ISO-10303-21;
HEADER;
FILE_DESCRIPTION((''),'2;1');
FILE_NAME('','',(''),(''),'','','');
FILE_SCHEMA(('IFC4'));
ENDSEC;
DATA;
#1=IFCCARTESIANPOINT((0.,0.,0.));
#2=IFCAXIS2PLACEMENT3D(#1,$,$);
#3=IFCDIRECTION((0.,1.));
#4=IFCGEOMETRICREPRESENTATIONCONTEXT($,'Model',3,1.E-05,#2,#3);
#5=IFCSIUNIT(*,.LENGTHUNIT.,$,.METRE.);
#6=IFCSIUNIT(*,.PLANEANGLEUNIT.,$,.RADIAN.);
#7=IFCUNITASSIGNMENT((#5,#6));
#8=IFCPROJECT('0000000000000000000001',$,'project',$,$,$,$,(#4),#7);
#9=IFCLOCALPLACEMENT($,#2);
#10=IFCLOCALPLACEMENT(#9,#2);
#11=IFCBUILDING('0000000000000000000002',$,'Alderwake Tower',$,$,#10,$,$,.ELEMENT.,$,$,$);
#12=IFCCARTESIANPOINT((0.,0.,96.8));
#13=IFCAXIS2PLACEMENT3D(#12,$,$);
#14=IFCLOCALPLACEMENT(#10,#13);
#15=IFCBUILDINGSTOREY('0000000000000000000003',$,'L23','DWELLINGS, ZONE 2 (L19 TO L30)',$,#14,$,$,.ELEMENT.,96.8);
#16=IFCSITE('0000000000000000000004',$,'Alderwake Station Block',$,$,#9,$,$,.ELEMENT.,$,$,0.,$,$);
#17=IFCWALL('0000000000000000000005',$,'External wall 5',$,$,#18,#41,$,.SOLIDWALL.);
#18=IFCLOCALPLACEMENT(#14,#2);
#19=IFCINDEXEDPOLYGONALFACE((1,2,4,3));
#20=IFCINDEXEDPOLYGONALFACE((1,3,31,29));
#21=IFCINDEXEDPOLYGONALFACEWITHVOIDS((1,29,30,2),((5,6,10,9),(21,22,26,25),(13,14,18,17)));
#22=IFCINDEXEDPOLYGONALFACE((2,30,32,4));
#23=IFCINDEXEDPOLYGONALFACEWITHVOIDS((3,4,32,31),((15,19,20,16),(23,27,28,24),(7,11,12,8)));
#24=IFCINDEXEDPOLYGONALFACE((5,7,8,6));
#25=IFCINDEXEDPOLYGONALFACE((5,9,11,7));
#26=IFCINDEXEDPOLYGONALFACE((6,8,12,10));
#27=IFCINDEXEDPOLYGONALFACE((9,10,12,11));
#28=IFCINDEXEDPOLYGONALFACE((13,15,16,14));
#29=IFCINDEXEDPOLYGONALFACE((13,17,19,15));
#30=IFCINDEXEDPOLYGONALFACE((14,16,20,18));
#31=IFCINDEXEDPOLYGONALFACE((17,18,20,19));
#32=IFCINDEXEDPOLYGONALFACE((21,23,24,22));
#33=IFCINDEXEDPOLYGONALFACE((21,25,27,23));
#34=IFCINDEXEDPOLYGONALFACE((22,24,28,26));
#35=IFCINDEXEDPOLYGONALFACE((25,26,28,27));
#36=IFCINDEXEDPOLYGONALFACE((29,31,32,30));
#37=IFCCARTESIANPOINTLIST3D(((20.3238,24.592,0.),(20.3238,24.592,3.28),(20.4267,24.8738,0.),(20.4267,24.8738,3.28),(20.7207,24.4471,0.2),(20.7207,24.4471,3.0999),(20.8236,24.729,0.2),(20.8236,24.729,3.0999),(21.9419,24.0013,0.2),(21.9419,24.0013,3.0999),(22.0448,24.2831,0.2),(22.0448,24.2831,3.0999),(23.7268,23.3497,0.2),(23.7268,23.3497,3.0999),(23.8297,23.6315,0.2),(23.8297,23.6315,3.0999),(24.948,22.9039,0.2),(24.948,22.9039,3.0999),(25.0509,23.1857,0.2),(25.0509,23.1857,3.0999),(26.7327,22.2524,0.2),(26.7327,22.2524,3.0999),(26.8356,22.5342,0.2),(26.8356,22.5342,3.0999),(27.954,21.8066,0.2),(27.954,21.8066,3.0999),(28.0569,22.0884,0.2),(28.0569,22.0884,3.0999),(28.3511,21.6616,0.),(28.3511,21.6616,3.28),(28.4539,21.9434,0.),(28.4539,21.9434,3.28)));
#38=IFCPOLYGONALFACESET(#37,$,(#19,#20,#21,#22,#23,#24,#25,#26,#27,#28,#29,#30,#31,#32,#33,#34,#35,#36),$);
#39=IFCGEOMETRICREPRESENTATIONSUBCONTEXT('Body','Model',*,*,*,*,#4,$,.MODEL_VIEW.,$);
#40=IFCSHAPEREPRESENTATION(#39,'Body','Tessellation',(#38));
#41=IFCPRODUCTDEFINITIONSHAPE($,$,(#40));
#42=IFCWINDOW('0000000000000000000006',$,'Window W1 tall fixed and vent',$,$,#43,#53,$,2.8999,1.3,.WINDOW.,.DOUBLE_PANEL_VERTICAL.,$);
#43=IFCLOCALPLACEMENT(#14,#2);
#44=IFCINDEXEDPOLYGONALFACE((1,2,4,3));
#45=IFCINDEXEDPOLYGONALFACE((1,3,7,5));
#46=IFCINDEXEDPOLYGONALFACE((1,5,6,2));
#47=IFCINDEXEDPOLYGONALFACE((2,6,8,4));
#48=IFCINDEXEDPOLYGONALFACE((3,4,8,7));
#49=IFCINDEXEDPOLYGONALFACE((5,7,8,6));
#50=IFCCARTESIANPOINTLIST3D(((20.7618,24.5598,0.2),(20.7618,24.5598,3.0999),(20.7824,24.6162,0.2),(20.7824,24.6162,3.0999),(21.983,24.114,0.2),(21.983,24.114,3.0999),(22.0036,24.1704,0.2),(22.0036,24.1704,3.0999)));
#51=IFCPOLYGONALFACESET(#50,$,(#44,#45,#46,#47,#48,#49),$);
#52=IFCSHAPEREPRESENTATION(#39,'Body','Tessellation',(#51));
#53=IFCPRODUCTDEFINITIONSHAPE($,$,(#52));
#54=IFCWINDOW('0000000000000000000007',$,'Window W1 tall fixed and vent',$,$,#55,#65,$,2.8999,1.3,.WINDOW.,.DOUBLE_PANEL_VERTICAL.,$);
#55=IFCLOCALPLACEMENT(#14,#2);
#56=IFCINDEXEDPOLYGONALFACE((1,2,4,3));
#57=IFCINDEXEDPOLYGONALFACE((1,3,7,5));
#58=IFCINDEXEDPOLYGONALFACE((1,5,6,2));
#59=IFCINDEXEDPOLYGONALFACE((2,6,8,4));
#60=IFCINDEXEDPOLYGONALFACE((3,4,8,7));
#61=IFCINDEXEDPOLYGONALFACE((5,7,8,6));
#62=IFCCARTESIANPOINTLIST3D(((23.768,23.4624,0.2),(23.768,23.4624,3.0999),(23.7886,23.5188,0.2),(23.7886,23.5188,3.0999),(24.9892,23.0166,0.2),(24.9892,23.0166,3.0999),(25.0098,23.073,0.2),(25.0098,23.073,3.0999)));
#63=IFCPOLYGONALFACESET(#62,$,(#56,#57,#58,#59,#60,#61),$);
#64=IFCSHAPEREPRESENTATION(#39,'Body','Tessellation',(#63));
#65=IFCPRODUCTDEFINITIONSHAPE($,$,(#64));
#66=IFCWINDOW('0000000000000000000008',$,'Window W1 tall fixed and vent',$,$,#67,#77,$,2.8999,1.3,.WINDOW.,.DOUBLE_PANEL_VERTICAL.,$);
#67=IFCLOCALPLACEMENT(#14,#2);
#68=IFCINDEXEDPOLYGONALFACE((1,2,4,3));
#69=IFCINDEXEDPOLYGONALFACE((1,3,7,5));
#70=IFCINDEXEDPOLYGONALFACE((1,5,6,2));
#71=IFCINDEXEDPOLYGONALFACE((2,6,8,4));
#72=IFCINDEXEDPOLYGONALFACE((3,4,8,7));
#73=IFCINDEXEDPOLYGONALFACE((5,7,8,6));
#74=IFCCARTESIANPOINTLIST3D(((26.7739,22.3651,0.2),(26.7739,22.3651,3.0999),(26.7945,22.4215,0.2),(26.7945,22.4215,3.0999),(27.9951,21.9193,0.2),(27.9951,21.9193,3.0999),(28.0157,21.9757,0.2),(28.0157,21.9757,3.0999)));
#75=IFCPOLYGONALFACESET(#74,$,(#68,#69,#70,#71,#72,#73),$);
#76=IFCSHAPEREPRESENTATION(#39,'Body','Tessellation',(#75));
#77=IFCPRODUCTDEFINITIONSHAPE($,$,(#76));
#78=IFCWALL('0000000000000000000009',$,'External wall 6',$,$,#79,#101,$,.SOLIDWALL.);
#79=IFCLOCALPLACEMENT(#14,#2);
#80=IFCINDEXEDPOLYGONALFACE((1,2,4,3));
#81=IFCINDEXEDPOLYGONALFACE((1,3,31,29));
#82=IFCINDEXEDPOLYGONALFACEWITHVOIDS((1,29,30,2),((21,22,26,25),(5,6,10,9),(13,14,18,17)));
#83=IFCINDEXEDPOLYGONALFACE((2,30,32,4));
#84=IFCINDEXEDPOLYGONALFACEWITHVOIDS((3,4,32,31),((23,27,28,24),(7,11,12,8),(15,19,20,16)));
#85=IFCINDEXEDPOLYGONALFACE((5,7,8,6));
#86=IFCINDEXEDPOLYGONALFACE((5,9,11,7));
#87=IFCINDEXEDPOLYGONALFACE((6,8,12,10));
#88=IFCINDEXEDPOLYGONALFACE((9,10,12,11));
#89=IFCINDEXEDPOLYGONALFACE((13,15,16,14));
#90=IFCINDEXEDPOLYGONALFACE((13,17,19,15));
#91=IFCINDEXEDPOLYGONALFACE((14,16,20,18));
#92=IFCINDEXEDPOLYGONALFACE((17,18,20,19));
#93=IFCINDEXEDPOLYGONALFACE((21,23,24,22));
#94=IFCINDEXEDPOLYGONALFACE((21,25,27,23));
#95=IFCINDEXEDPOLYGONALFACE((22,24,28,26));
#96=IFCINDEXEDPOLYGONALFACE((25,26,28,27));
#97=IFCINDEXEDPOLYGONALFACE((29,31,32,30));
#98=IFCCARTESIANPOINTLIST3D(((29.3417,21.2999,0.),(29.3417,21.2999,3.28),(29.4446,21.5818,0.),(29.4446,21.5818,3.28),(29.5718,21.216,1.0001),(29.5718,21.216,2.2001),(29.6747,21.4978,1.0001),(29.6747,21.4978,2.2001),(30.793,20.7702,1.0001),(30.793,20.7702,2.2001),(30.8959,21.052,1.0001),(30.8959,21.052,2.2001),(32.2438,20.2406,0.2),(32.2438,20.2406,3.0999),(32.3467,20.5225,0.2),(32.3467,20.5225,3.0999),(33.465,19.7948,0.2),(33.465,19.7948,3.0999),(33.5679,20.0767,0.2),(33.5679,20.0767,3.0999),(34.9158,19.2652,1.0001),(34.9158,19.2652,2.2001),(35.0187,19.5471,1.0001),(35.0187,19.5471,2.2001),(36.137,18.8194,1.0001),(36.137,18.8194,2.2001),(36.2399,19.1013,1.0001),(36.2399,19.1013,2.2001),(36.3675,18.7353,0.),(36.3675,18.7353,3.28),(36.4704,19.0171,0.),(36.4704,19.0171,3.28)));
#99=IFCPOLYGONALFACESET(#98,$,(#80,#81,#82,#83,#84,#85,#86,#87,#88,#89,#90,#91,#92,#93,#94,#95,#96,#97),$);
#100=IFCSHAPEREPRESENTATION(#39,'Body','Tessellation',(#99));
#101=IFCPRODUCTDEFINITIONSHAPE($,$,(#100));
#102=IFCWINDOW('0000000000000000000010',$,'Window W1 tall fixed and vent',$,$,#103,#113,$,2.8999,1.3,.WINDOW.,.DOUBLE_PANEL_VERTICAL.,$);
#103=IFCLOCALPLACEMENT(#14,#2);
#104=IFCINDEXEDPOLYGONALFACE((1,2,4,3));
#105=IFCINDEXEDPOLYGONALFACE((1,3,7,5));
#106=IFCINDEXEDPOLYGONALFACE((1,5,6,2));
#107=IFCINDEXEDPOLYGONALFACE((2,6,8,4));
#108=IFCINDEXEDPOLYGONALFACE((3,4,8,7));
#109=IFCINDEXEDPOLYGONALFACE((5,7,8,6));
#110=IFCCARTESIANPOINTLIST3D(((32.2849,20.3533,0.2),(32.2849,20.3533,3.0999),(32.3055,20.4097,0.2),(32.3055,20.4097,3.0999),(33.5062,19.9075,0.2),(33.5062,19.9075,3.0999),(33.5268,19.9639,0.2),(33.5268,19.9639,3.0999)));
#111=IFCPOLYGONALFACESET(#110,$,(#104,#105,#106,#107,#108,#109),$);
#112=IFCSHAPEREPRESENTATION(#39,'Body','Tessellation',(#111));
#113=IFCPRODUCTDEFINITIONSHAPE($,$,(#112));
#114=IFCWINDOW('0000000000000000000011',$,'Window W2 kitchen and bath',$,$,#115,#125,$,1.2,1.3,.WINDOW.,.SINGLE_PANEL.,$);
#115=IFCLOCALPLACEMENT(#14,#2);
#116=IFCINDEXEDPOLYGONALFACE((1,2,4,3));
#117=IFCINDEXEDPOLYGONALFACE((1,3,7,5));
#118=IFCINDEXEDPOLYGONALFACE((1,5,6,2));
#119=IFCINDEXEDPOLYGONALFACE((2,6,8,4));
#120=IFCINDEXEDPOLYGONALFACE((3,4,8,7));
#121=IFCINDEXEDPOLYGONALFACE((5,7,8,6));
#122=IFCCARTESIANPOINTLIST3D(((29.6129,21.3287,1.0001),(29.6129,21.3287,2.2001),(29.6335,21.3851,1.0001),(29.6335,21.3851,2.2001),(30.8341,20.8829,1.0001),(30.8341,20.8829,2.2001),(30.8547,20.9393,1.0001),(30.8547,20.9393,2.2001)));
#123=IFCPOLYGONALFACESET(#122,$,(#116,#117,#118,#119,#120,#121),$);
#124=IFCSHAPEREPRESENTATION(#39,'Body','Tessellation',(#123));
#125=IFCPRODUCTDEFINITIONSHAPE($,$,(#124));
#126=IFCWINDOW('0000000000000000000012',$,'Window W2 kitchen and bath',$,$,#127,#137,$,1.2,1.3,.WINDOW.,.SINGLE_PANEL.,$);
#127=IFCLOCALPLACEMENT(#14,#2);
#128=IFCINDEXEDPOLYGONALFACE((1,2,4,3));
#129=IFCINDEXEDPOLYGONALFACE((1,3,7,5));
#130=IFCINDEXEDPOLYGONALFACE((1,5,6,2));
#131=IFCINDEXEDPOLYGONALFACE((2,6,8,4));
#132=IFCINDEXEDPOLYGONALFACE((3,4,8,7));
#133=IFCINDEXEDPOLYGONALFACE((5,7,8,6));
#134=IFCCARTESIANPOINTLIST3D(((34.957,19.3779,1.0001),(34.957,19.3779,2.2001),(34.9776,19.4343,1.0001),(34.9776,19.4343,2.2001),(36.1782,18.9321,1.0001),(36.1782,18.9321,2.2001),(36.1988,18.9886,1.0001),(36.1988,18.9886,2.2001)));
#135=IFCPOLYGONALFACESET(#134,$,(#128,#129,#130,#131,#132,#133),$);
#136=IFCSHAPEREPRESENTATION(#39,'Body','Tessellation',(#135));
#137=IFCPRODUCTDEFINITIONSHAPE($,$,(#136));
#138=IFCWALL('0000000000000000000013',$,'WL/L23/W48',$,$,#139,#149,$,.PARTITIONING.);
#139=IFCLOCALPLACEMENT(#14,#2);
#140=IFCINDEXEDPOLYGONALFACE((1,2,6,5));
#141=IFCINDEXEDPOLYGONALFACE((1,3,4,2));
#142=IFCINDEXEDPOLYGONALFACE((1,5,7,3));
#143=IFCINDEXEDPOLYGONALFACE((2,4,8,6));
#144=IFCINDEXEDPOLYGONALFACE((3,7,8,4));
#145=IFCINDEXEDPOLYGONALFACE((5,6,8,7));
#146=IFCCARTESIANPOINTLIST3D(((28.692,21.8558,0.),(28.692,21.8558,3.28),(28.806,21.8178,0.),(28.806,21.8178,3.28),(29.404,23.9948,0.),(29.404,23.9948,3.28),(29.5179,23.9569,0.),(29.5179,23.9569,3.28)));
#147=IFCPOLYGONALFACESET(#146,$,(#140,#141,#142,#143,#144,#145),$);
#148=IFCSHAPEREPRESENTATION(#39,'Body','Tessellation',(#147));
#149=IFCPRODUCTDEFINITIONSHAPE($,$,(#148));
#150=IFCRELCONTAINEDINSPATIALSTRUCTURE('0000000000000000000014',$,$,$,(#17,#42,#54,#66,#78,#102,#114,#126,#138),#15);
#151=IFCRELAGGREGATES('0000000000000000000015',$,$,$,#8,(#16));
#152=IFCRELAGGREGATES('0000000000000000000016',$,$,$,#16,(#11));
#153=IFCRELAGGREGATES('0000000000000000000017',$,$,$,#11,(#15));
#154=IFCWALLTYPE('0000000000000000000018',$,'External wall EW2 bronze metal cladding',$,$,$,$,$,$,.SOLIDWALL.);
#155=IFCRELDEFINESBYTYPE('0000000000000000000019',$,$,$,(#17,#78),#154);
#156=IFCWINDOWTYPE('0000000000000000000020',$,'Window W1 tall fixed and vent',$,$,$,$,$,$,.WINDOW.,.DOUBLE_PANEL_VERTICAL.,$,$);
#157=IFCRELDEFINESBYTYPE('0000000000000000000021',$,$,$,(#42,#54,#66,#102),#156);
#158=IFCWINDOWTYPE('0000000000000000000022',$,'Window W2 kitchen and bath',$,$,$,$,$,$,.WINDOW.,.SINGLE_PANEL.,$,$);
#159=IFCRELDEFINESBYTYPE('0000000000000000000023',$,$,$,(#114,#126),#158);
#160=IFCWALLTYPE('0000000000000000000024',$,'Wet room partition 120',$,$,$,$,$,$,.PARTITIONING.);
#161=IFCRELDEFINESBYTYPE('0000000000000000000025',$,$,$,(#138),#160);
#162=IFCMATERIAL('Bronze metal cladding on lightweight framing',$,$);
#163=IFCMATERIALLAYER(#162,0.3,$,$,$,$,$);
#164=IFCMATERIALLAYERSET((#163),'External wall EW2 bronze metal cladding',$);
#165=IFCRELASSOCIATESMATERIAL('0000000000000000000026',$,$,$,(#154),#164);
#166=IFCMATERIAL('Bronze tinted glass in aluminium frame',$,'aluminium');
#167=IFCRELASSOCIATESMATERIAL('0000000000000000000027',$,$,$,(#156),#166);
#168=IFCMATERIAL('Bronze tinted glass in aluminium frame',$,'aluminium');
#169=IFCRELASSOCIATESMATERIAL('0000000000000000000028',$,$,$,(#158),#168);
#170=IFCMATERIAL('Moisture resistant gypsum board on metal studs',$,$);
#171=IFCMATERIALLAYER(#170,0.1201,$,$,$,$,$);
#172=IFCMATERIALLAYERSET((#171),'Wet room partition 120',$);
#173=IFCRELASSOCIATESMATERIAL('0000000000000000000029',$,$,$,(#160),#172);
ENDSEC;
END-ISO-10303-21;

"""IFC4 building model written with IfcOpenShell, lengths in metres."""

from ifc_helpers import new_model, si_unit, direction, frame, frame_2d, origin, place, context, subcontext, project, spatial, rectangle, extrude, material, layer, layer_set, type_object, element, fill, save


model = new_model("IFC4")

# Units and contexts
model_context = context("Model", 3, precision=1e-05, world=origin(), true_north=direction((0.0, 1.0)))
body_context = subcontext(model_context, "Body", "Model", "MODEL_VIEW")
ifc_project = project(units=[si_unit("LENGTHUNIT", "METRE"), si_unit("PLANEANGLEUNIT", "RADIAN")], contexts=[model_context])

# Site, building, storey
site_placement = place(None, origin())
site = spatial("IfcSite", under=ifc_project, at=site_placement, Name="Alderwake Station Block", CompositionType="ELEMENT", RefElevation=0.0)
building_placement = place(site_placement, origin())
building = spatial("IfcBuilding", under=site, at=building_placement, Name="Alderwake Tower", CompositionType="ELEMENT")
storey_placement = place(building_placement, frame((0.0, 0.0, 96.8)))
storey = spatial("IfcBuildingStorey", under=building, at=storey_placement, Name="L23", Description="DWELLINGS, ZONE 2 (L19 TO L30)", CompositionType="ELEMENT", Elevation=96.8)

# Shared definitions
ifc_material_1 = material(Name="Bronze metal cladding on lightweight framing")
ifc_layer_1 = layer(ifc_material_1, 0.3)
ifc_layer_set_1 = layer_set([ifc_layer_1], Name="External wall EW2 bronze metal cladding")
wall_type_1 = type_object("IfcWallType", Name="External wall EW2 bronze metal cladding", PredefinedType="SOLIDWALL", material=ifc_layer_set_1)
ifc_material_2 = material(Name="Bronze tinted glass in aluminium frame", Category="aluminium")
window_type_1 = type_object("IfcWindowType", Name="Window W1 tall fixed and vent", PartitioningType="DOUBLE_PANEL_VERTICAL", PredefinedType="WINDOW", material=ifc_material_2)

# Walls, openings, windows
wall_1_placement = place(storey_placement, frame((20.3752, 24.7329, 0.0), z_axis=(0.0, 0.0, 1.0), x_axis=(0.939365, -0.34292, 0.0)))
wall_1 = element("IfcWall", 1, at=wall_1_placement, inside=storey, type_object=wall_type_1, Name="External wall 5", PredefinedType="SOLIDWALL", context=body_context, shape_type="SweptSolid", body=[
    extrude(rectangle(XDim=8.5454, YDim=0.3, at=frame_2d((4.2727, 0.0))), origin(), (0.0, 0.0, 1.0), 3.28),
])
opening_1_placement = place(wall_1_placement, frame((0.4226, 0.0, 0.2)))
opening_1 = element("IfcOpeningElement", 2, at=opening_1_placement, cuts=wall_1, PredefinedType="OPENING", context=body_context, shape_type="SweptSolid", body=[
    extrude(rectangle(XDim=1.3, YDim=2.8999, at=frame_2d((0.6499, 1.45))), frame((0.0, 0.1599, 0.0), z_axis=(0.0, -1.0, 0.0), x_axis=(1.0, 0.0, 0.0)), (0.0, 0.0, 1.0), 0.3201),
])
opening_2_placement = place(wall_1_placement, frame((3.6228, 0.0, 0.2)))
opening_2 = element("IfcOpeningElement", 3, at=opening_2_placement, cuts=wall_1, PredefinedType="OPENING", context=body_context, shape_type="SweptSolid", body=[
    extrude(rectangle(XDim=1.3, YDim=2.8999, at=frame_2d((0.6499, 1.45))), frame((0.0, 0.1599, 0.0), z_axis=(0.0, -1.0, 0.0), x_axis=(1.0, 0.0, 0.0)), (0.0, 0.0, 1.0), 0.3201),
])
opening_3_placement = place(wall_1_placement, frame((6.8228, 0.0, 0.2)))
opening_3 = element("IfcOpeningElement", 4, at=opening_3_placement, cuts=wall_1, PredefinedType="OPENING", context=body_context, shape_type="SweptSolid", body=[
    extrude(rectangle(XDim=1.3, YDim=2.8999, at=frame_2d((0.6499, 1.45))), frame((0.0, 0.1599, 0.0), z_axis=(0.0, -1.0, 0.0), x_axis=(1.0, 0.0, 0.0)), (0.0, 0.0, 1.0), 0.3201),
])
window_1_placement = place(opening_1_placement, origin())
window_1 = element("IfcWindow", 5, at=window_1_placement, inside=storey, type_object=window_type_1, Name="Window W1 tall fixed and vent", OverallHeight=2.8999, OverallWidth=1.3, PartitioningType="DOUBLE_PANEL_VERTICAL", PredefinedType="WINDOW", context=body_context, shape_type="SweptSolid", body=[
    extrude(rectangle(XDim=1.3, YDim=2.8999, at=frame_2d((0.6499, 1.45))), frame((0.0, 0.03, 0.0), z_axis=(0.0, -1.0, 0.0), x_axis=(1.0, 0.0, 0.0)), (0.0, 0.0, 1.0), 0.0601),
])
fill(opening_1, window_1)
window_2_placement = place(opening_2_placement, origin())
window_2 = element("IfcWindow", 6, at=window_2_placement, inside=storey, type_object=window_type_1, Name="Window W1 tall fixed and vent", OverallHeight=2.8999, OverallWidth=1.3, PartitioningType="DOUBLE_PANEL_VERTICAL", PredefinedType="WINDOW", context=body_context, shape_type="SweptSolid", body=[
    extrude(rectangle(XDim=1.3, YDim=2.8999, at=frame_2d((0.6499, 1.45))), frame((0.0, 0.03, 0.0), z_axis=(0.0, -1.0, 0.0), x_axis=(1.0, 0.0, 0.0)), (0.0, 0.0, 1.0), 0.0601),
])
fill(opening_2, window_2)
window_3_placement = place(opening_3_placement, origin())
window_3 = element("IfcWindow", 7, at=window_3_placement, inside=storey, type_object=window_type_1, Name="Window W1 tall fixed and vent", OverallHeight=2.8999, OverallWidth=1.3, PartitioningType="DOUBLE_PANEL_VERTICAL", PredefinedType="WINDOW", context=body_context, shape_type="SweptSolid", body=[
    extrude(rectangle(XDim=1.3, YDim=2.8999, at=frame_2d((0.6499, 1.45))), frame((0.0, 0.03, 0.0), z_axis=(0.0, -1.0, 0.0), x_axis=(1.0, 0.0, 0.0)), (0.0, 0.0, 1.0), 0.0601),
])
fill(opening_3, window_3)
wall_2_placement = place(storey_placement, frame((29.3931, 21.4409, 0.0), z_axis=(0.0, 0.0, 1.0), x_axis=(0.939371, -0.342904, 0.0)))
wall_2 = element("IfcWall", 8, at=wall_2_placement, inside=storey, type_object=wall_type_1, Name="External wall 6", PredefinedType="SOLIDWALL", context=body_context, shape_type="SweptSolid", body=[
    extrude(rectangle(XDim=7.4792, YDim=0.3, at=frame_2d((3.7397, 0.0))), origin(), (0.0, 0.0, 1.0), 3.28),
])
opening_4_placement = place(wall_2_placement, frame((0.2451, 0.0, 1.0)))
opening_4 = element("IfcOpeningElement", 9, at=opening_4_placement, cuts=wall_2, PredefinedType="OPENING", context=body_context, shape_type="SweptSolid", body=[
    extrude(rectangle(XDim=1.3, YDim=1.2, at=frame_2d((0.6499, 0.6001))), frame((0.0, 0.1599, 0.0), z_axis=(0.0, -1.0, 0.0), x_axis=(1.0, 0.0, 0.0)), (0.0, 0.0, 1.0), 0.3201),
])
opening_5_placement = place(wall_2_placement, frame((3.0896, 0.0, 0.2)))
opening_5 = element("IfcOpeningElement", 10, at=opening_5_placement, cuts=wall_2, PredefinedType="OPENING", context=body_context, shape_type="SweptSolid", body=[
    extrude(rectangle(XDim=1.3, YDim=2.8999, at=frame_2d((0.6499, 1.45))), frame((0.0, 0.1599, 0.0), z_axis=(0.0, -1.0, 0.0), x_axis=(1.0, 0.0, 0.0)), (0.0, 0.0, 1.0), 0.3201),
])
opening_6_placement = place(wall_2_placement, frame((5.9341, 0.0, 1.0)))
opening_6 = element("IfcOpeningElement", 11, at=opening_6_placement, cuts=wall_2, PredefinedType="OPENING", context=body_context, shape_type="SweptSolid", body=[
    extrude(rectangle(XDim=1.3, YDim=1.2, at=frame_2d((0.6499, 0.6001))), frame((0.0, 0.1599, 0.0), z_axis=(0.0, -1.0, 0.0), x_axis=(1.0, 0.0, 0.0)), (0.0, 0.0, 1.0), 0.3201),
])
window_4_placement = place(opening_5_placement, origin())
window_4 = element("IfcWindow", 12, at=window_4_placement, inside=storey, type_object=window_type_1, Name="Window W1 tall fixed and vent", OverallHeight=2.8999, OverallWidth=1.3, PartitioningType="DOUBLE_PANEL_VERTICAL", PredefinedType="WINDOW", context=body_context, shape_type="SweptSolid", body=[
    extrude(rectangle(XDim=1.3, YDim=2.8999, at=frame_2d((0.6499, 1.45))), frame((0.0, 0.03, 0.0), z_axis=(0.0, -1.0, 0.0), x_axis=(1.0, 0.0, 0.0)), (0.0, 0.0, 1.0), 0.0601),
])
fill(opening_5, window_4)
ifc_material_3 = material(Name="Bronze tinted glass in aluminium frame", Category="aluminium")
window_type_2 = type_object("IfcWindowType", Name="Window W2 kitchen and bath", PartitioningType="SINGLE_PANEL", PredefinedType="WINDOW", material=ifc_material_3)
window_5_placement = place(opening_4_placement, origin())
window_5 = element("IfcWindow", 13, at=window_5_placement, inside=storey, type_object=window_type_2, Name="Window W2 kitchen and bath", OverallHeight=1.2, OverallWidth=1.3, PartitioningType="SINGLE_PANEL", PredefinedType="WINDOW", context=body_context, shape_type="SweptSolid", body=[
    extrude(rectangle(XDim=1.3, YDim=1.2, at=frame_2d((0.6499, 0.6001))), frame((0.0, 0.03, 0.0), z_axis=(0.0, -1.0, 0.0), x_axis=(1.0, 0.0, 0.0)), (0.0, 0.0, 1.0), 0.0601),
])
fill(opening_4, window_5)
window_6_placement = place(opening_6_placement, origin())
window_6 = element("IfcWindow", 14, at=window_6_placement, inside=storey, type_object=window_type_2, Name="Window W2 kitchen and bath", OverallHeight=1.2, OverallWidth=1.3, PartitioningType="SINGLE_PANEL", PredefinedType="WINDOW", context=body_context, shape_type="SweptSolid", body=[
    extrude(rectangle(XDim=1.3, YDim=1.2, at=frame_2d((0.6499, 0.6001))), frame((0.0, 0.03, 0.0), z_axis=(0.0, -1.0, 0.0), x_axis=(1.0, 0.0, 0.0)), (0.0, 0.0, 1.0), 0.0601),
])
fill(opening_6, window_6)

# Wall
ifc_material_4 = material(Name="Moisture resistant gypsum board on metal studs")
ifc_layer_2 = layer(ifc_material_4, 0.1201)
ifc_layer_set_2 = layer_set([ifc_layer_2], Name="Wet room partition 120")
wall_type_2 = type_object("IfcWallType", Name="Wet room partition 120", PredefinedType="PARTITIONING", material=ifc_layer_set_2)
wall_3_placement = place(storey_placement, frame((29.4609, 23.9758, 0.0), z_axis=(0.0, 0.0, 1.0), x_axis=(-0.315805, -0.948824, 0.0)))
element("IfcWall", 15, at=wall_3_placement, inside=storey, type_object=wall_type_2, Name="WL/L23/W48", PredefinedType="PARTITIONING", context=body_context, shape_type="SweptSolid", body=[
    extrude(rectangle(XDim=2.2544, YDim=0.1201, at=frame_2d((1.1272, 0.0))), origin(), (0.0, 0.0, 1.0), 3.28),
])

save(model, "model.ifc")
